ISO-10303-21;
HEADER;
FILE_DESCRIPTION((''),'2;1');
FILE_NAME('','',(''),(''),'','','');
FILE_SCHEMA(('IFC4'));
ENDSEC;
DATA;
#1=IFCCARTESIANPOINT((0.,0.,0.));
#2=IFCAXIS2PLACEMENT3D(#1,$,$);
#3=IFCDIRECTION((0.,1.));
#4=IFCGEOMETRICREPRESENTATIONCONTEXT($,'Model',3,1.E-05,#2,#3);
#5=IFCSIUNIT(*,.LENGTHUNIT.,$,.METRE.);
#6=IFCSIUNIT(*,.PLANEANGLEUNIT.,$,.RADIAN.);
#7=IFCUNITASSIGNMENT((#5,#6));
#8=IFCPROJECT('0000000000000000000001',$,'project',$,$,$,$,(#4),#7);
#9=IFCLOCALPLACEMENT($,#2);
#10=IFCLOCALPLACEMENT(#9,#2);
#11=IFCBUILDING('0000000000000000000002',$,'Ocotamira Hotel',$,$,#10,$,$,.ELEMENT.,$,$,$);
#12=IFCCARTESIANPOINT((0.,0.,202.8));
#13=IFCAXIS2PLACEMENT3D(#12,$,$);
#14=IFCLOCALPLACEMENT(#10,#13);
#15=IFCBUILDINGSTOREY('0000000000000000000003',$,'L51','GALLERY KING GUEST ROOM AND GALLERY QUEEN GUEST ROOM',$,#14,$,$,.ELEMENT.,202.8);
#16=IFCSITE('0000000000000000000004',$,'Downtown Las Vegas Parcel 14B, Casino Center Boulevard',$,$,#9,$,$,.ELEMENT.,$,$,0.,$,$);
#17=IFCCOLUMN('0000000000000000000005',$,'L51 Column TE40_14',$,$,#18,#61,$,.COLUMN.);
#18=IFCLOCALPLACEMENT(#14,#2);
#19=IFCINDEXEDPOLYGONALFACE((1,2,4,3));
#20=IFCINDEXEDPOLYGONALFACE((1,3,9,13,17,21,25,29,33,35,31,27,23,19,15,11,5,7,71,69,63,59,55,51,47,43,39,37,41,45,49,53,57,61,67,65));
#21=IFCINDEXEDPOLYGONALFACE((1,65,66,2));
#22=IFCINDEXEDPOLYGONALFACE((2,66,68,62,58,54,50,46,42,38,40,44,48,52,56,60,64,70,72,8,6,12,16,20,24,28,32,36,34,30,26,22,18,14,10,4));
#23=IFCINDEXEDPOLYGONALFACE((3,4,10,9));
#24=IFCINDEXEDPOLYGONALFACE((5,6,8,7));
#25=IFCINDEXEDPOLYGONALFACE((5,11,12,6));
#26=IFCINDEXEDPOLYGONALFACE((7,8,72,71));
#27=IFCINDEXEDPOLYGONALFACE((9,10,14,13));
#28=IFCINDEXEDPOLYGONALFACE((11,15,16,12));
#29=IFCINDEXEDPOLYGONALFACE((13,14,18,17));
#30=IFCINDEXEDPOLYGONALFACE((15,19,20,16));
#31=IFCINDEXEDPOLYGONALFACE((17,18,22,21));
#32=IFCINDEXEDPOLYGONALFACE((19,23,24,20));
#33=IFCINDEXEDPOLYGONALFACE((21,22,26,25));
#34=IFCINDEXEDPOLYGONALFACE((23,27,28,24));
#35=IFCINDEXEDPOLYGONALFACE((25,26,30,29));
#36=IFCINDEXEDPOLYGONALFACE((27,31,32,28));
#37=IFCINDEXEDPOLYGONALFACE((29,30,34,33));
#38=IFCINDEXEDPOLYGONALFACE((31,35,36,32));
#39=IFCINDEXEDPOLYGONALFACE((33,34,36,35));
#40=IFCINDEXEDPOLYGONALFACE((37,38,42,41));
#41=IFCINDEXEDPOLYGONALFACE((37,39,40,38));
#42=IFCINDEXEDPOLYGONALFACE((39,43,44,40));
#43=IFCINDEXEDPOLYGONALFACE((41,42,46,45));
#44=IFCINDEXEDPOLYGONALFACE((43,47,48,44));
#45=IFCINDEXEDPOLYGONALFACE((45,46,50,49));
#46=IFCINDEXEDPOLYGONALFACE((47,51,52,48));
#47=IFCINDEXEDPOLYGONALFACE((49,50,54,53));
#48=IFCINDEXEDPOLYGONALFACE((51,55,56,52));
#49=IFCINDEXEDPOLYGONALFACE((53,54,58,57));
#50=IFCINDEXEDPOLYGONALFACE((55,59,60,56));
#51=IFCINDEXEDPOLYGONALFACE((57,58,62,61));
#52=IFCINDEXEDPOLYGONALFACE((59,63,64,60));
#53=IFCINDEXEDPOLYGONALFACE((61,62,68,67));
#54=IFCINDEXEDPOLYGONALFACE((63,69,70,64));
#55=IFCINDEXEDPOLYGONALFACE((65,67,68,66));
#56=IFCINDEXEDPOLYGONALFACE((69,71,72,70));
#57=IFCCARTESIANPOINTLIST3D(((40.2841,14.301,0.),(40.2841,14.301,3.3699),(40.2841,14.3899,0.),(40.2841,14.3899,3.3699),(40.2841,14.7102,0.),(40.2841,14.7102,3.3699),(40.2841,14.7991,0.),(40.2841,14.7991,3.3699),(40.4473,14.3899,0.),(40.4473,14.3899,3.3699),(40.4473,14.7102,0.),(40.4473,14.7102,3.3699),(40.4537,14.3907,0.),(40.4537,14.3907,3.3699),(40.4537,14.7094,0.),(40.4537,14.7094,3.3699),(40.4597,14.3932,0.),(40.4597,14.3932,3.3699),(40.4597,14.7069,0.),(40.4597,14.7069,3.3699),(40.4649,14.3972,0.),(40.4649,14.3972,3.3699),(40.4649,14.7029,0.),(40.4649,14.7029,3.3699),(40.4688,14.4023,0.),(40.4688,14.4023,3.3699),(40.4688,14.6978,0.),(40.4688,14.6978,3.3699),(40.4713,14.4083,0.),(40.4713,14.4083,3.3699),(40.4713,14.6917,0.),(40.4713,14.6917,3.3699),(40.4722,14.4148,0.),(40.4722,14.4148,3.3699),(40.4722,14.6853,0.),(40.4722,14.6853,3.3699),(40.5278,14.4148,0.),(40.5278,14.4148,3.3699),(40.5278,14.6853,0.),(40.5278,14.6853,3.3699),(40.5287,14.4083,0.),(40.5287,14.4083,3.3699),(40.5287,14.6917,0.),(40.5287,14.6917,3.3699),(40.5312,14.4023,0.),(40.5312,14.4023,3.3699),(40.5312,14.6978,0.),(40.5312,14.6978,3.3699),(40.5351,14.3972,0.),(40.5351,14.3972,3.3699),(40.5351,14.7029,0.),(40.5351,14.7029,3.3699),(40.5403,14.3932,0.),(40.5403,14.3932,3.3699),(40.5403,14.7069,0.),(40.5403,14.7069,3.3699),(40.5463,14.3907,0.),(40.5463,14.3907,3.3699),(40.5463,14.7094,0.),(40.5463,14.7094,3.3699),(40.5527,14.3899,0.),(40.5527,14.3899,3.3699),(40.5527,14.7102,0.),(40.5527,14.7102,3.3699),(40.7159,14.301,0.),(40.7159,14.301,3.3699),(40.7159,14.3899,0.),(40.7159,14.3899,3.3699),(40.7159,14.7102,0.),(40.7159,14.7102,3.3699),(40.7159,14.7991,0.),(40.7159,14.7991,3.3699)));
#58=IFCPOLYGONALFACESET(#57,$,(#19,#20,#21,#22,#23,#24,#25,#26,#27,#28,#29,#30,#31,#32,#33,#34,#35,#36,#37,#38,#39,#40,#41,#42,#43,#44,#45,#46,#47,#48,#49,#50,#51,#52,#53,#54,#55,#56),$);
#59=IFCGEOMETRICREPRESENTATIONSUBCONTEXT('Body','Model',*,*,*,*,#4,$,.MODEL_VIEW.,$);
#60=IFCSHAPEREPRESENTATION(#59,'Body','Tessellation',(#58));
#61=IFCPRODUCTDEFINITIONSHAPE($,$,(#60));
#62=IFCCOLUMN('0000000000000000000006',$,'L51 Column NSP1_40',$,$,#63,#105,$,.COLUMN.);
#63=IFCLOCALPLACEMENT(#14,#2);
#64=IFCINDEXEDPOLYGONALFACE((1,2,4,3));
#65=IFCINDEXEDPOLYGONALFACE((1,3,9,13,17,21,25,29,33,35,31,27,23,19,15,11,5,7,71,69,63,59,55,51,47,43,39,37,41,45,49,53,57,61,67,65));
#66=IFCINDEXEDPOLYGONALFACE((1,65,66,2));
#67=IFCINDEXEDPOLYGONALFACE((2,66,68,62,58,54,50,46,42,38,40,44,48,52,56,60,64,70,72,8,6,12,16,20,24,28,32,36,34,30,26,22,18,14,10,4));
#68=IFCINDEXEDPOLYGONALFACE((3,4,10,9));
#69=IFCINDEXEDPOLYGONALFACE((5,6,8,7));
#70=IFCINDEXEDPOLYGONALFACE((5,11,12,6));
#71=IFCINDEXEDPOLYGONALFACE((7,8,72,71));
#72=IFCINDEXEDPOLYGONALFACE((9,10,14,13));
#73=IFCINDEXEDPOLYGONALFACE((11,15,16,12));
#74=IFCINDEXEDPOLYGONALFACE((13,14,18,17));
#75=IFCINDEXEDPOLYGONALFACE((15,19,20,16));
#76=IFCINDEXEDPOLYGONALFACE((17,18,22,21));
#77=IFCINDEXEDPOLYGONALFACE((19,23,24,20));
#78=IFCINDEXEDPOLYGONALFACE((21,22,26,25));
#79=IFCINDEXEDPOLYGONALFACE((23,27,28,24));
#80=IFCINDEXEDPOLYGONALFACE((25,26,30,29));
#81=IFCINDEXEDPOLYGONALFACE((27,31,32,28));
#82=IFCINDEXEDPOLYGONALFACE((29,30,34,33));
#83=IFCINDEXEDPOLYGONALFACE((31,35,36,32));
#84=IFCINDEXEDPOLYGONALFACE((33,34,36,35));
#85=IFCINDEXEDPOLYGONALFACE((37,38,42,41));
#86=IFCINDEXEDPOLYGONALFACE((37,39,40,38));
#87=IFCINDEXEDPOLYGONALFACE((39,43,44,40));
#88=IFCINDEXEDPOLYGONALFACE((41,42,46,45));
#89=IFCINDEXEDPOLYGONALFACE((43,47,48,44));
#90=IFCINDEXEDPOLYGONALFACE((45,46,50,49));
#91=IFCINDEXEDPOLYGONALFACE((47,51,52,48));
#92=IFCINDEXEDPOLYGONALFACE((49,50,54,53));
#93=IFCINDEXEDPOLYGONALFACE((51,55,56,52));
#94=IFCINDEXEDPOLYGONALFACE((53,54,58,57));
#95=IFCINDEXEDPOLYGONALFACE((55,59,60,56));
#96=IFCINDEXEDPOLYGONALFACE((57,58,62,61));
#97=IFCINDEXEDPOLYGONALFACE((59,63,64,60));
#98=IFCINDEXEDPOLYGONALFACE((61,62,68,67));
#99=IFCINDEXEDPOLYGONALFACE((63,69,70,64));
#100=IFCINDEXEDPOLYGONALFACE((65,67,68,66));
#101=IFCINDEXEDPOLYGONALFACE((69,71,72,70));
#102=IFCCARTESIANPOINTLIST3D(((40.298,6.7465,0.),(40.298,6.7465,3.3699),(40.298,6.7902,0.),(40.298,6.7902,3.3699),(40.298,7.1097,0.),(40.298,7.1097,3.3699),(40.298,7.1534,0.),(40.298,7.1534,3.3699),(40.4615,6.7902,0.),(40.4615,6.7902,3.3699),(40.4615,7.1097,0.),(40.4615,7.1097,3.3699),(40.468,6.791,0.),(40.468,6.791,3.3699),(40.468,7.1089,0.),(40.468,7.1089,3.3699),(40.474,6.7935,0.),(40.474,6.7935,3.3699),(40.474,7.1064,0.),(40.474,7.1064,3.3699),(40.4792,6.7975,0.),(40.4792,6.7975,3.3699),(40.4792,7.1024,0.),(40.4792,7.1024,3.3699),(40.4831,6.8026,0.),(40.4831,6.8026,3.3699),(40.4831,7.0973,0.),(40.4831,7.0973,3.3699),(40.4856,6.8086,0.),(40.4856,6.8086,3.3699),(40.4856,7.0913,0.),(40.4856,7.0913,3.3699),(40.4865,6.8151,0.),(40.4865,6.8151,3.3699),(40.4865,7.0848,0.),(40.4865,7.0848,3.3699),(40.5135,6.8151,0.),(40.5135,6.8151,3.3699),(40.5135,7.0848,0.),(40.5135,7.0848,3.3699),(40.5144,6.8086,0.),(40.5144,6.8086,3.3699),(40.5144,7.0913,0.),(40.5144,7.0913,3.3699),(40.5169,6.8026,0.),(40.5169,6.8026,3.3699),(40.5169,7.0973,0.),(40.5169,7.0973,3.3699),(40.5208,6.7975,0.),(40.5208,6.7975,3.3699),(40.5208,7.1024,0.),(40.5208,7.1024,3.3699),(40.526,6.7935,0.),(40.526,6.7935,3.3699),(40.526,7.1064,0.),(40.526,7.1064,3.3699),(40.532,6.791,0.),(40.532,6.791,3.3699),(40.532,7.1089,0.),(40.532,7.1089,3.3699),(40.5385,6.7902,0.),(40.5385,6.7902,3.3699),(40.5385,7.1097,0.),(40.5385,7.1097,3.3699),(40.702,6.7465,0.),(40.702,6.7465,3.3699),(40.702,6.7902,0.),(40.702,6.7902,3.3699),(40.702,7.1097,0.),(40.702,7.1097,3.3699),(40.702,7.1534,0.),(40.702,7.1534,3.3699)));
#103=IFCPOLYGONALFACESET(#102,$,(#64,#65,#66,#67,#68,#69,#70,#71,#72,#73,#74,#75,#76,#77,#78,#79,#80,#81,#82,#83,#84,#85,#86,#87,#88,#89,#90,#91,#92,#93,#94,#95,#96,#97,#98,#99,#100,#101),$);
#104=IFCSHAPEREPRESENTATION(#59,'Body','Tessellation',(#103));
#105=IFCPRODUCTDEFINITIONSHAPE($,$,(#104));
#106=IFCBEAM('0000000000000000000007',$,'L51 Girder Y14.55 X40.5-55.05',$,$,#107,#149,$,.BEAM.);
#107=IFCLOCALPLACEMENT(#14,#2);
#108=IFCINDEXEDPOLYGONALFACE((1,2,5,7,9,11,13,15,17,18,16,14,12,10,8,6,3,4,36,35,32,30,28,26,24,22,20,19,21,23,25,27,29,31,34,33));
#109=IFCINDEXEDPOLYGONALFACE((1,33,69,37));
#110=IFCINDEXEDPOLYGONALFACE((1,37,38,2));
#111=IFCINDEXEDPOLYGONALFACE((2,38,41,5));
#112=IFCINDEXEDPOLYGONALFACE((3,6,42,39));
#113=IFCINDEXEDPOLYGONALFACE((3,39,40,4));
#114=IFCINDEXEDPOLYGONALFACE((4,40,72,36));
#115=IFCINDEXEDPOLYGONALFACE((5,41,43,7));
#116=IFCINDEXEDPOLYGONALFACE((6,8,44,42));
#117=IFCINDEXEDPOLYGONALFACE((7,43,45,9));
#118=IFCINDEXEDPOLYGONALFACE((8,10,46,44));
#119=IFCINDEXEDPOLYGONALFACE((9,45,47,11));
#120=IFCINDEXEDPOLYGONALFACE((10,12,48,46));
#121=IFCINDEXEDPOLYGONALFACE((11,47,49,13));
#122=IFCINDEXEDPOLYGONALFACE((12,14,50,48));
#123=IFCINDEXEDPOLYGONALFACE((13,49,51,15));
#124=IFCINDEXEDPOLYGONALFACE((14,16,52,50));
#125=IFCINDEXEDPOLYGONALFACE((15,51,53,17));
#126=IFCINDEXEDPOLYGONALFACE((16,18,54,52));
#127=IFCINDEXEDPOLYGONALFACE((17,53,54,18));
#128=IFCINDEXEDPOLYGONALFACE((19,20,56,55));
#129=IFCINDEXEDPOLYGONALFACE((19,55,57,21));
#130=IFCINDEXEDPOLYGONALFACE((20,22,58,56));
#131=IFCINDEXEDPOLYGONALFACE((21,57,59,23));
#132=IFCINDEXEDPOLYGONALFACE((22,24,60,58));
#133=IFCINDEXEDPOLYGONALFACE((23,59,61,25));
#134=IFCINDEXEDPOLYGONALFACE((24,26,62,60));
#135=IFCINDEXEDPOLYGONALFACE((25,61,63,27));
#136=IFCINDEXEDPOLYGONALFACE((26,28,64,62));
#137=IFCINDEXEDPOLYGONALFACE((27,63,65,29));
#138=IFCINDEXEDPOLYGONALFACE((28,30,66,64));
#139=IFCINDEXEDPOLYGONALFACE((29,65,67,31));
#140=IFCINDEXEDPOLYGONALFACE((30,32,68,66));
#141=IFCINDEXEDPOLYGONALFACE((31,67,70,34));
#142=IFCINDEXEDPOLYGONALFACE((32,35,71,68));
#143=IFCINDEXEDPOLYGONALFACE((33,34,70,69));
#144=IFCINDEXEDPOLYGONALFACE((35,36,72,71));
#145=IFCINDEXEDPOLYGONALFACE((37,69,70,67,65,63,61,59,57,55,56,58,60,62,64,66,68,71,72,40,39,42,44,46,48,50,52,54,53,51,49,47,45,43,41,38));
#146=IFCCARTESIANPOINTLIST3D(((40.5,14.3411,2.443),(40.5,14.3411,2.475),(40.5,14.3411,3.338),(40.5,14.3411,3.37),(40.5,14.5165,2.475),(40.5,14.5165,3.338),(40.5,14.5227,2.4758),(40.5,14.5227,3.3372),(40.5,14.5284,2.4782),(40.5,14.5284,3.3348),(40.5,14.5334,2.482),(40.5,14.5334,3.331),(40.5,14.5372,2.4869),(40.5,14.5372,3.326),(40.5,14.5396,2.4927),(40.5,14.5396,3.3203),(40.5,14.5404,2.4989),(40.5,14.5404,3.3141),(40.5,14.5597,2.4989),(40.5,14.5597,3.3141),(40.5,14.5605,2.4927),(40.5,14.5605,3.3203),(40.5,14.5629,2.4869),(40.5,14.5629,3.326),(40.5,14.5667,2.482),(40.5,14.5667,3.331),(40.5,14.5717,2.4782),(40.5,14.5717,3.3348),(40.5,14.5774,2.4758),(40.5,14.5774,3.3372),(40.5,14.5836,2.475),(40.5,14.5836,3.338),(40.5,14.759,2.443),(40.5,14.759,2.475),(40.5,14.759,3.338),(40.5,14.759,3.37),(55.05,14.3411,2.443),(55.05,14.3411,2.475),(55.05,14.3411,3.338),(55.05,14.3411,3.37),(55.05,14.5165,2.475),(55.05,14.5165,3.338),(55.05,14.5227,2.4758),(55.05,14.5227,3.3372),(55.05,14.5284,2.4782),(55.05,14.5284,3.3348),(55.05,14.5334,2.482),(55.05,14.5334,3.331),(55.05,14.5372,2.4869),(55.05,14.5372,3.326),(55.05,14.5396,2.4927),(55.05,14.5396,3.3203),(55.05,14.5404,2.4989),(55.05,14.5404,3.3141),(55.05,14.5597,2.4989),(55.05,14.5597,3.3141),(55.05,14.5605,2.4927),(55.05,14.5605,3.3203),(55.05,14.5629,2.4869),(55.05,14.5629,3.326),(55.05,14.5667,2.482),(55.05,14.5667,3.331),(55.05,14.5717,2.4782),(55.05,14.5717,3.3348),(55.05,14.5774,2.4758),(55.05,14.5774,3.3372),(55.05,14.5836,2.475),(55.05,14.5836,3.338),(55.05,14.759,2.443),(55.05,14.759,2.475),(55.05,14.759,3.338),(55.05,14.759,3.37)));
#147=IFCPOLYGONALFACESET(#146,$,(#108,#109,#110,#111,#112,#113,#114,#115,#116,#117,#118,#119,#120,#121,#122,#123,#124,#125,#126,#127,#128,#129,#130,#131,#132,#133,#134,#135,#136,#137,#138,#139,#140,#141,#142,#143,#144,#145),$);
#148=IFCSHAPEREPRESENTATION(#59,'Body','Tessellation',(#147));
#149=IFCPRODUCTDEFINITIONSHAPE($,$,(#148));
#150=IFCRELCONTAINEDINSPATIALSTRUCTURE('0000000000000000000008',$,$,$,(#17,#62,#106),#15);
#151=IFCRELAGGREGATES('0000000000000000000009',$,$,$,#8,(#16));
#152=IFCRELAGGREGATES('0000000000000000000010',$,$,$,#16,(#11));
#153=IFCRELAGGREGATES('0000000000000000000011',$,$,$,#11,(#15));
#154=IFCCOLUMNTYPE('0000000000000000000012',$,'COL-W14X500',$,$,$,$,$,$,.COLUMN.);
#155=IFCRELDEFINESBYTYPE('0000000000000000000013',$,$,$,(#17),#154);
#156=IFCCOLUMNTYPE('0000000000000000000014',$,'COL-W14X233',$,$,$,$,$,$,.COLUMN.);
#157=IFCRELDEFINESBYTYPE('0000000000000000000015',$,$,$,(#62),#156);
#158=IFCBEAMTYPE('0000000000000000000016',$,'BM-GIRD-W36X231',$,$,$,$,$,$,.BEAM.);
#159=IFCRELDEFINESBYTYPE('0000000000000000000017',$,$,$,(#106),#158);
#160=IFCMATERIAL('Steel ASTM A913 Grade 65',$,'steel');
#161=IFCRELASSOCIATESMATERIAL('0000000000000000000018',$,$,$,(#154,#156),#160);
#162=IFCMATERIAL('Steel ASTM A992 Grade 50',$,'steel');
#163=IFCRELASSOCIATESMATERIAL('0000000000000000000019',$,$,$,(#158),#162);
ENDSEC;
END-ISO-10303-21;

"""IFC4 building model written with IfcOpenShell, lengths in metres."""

from ifc_helpers import new_model, si_unit, direction, frame, origin, origin_2d, place, context, subcontext, project, spatial, i_section, extrude, source, transform, mapped, material, material_profile, profile_set, type_object, element, save


model = new_model("IFC4")

# Units and contexts
model_context = context("Model", 3, precision=1e-05, world=origin(), true_north=direction((0.0, 1.0)))
body_context = subcontext(model_context, "Body", "Model", "MODEL_VIEW")
ifc_project = project(units=[si_unit("LENGTHUNIT", "METRE"), si_unit("PLANEANGLEUNIT", "RADIAN")], contexts=[model_context])

# Site, building, storey
site_placement = place(None, origin())
site = spatial("IfcSite", under=ifc_project, at=site_placement, Name="Downtown Las Vegas Parcel 14B, Casino Center Boulevard", CompositionType="ELEMENT", RefElevation=0.0)
building_placement = place(site_placement, origin())
building = spatial("IfcBuilding", under=site, at=building_placement, Name="Ocotamira Hotel", CompositionType="ELEMENT")
storey_placement = place(building_placement, frame((0.0, 0.0, 202.8)))
storey = spatial("IfcBuildingStorey", under=building, at=storey_placement, Name="L51", Description="GALLERY KING GUEST ROOM AND GALLERY QUEEN GUEST ROOM", CompositionType="ELEMENT", Elevation=202.8)

# Columns
ifc_material_1 = material(Name="Steel ASTM A913 Grade 65", Category="steel")
ifc_material_profile_1 = material_profile(ifc_material_1, i_section(OverallWidth=0.4319, OverallDepth=0.498, WebThickness=0.0557, FlangeThickness=0.0889, FilletRadius=0.0249, at=origin_2d()), Name="W14X500")
ifc_profile_set_1 = profile_set([ifc_material_profile_1], Name="Steel ASTM A913 Grade 65")
column_type_1 = type_object("IfcColumnType", Name="COL-W14X500", PredefinedType="COLUMN", material=ifc_profile_set_1)
shared_shape_1 = source(origin(), body_context, "Body", "SweptSolid", [
    extrude(i_section(OverallWidth=0.4319, OverallDepth=0.498, WebThickness=0.0557, FlangeThickness=0.0889, FilletRadius=0.0249, at=origin_2d()), origin(), (0.0, 0.0, 1.0), 3.3699),
])
column_1_placement = place(storey_placement, frame((40.5, 14.55, 0.0), z_axis=(0.0, 0.0, 1.0), x_axis=(1.0, 0.0, 0.0)))
element("IfcColumn", 1, at=column_1_placement, inside=storey, type_object=column_type_1, Name="L51 Column TE40_14", PredefinedType="COLUMN", context=body_context, shape_type="MappedRepresentation", body=[
    mapped(shared_shape_1, transform((0.0, 0.0, 0.0), scale=1.0)),
])
ifc_material_profile_2 = material_profile(ifc_material_1, i_section(OverallWidth=0.4041, OverallDepth=0.407, WebThickness=0.0271, FlangeThickness=0.0437, FilletRadius=0.0249, at=origin_2d()), Name="W14X233")
ifc_profile_set_2 = profile_set([ifc_material_profile_2], Name="Steel ASTM A913 Grade 65")
column_type_2 = type_object("IfcColumnType", Name="COL-W14X233", PredefinedType="COLUMN", material=ifc_profile_set_2)
shared_shape_2 = source(origin(), body_context, "Body", "SweptSolid", [
    extrude(i_section(OverallWidth=0.4041, OverallDepth=0.407, WebThickness=0.0271, FlangeThickness=0.0437, FilletRadius=0.0249, at=origin_2d()), origin(), (0.0, 0.0, 1.0), 3.3699),
])
column_2_placement = place(storey_placement, frame((40.5, 6.95, 0.0), z_axis=(0.0, 0.0, 1.0), x_axis=(1.0, 0.0, 0.0)))
element("IfcColumn", 2, at=column_2_placement, inside=storey, type_object=column_type_2, Name="L51 Column NSP1_40", PredefinedType="COLUMN", context=body_context, shape_type="MappedRepresentation", body=[
    mapped(shared_shape_2, transform((0.0, 0.0, 0.0), scale=1.0)),
])

# Beam
ifc_material_2 = material(Name="Steel ASTM A992 Grade 50", Category="steel")
ifc_material_profile_3 = material_profile(ifc_material_2, i_section(OverallWidth=0.418, OverallDepth=0.927, WebThickness=0.0193, FlangeThickness=0.032, FilletRadius=0.0239, at=origin_2d()), Name="W36X231")
ifc_profile_set_3 = profile_set([ifc_material_profile_3], Name="Steel ASTM A992 Grade 50")
beam_type_1 = type_object("IfcBeamType", Name="BM-GIRD-W36X231", PredefinedType="BEAM", material=ifc_profile_set_3)
shared_shape_3 = source(origin(), body_context, "Body", "SweptSolid", [
    extrude(i_section(OverallWidth=0.418, OverallDepth=0.927, WebThickness=0.0193, FlangeThickness=0.032, FilletRadius=0.0239, at=origin_2d()), origin(), (0.0, 0.0, 1.0), 14.55),
])
beam_1_placement = place(storey_placement, frame((40.5, 14.55, 2.9065), z_axis=(1.0, 0.0, 0.0), x_axis=(0.0, 1.0, 0.0)))
element("IfcBeam", 3, at=beam_1_placement, inside=storey, type_object=beam_type_1, Name="L51 Girder Y14.55 X40.5-55.05", PredefinedType="BEAM", context=body_context, shape_type="MappedRepresentation", body=[
    mapped(shared_shape_3, transform((0.0, 0.0, 0.0), scale=1.0)),
])

save(model, "model.ifc")
